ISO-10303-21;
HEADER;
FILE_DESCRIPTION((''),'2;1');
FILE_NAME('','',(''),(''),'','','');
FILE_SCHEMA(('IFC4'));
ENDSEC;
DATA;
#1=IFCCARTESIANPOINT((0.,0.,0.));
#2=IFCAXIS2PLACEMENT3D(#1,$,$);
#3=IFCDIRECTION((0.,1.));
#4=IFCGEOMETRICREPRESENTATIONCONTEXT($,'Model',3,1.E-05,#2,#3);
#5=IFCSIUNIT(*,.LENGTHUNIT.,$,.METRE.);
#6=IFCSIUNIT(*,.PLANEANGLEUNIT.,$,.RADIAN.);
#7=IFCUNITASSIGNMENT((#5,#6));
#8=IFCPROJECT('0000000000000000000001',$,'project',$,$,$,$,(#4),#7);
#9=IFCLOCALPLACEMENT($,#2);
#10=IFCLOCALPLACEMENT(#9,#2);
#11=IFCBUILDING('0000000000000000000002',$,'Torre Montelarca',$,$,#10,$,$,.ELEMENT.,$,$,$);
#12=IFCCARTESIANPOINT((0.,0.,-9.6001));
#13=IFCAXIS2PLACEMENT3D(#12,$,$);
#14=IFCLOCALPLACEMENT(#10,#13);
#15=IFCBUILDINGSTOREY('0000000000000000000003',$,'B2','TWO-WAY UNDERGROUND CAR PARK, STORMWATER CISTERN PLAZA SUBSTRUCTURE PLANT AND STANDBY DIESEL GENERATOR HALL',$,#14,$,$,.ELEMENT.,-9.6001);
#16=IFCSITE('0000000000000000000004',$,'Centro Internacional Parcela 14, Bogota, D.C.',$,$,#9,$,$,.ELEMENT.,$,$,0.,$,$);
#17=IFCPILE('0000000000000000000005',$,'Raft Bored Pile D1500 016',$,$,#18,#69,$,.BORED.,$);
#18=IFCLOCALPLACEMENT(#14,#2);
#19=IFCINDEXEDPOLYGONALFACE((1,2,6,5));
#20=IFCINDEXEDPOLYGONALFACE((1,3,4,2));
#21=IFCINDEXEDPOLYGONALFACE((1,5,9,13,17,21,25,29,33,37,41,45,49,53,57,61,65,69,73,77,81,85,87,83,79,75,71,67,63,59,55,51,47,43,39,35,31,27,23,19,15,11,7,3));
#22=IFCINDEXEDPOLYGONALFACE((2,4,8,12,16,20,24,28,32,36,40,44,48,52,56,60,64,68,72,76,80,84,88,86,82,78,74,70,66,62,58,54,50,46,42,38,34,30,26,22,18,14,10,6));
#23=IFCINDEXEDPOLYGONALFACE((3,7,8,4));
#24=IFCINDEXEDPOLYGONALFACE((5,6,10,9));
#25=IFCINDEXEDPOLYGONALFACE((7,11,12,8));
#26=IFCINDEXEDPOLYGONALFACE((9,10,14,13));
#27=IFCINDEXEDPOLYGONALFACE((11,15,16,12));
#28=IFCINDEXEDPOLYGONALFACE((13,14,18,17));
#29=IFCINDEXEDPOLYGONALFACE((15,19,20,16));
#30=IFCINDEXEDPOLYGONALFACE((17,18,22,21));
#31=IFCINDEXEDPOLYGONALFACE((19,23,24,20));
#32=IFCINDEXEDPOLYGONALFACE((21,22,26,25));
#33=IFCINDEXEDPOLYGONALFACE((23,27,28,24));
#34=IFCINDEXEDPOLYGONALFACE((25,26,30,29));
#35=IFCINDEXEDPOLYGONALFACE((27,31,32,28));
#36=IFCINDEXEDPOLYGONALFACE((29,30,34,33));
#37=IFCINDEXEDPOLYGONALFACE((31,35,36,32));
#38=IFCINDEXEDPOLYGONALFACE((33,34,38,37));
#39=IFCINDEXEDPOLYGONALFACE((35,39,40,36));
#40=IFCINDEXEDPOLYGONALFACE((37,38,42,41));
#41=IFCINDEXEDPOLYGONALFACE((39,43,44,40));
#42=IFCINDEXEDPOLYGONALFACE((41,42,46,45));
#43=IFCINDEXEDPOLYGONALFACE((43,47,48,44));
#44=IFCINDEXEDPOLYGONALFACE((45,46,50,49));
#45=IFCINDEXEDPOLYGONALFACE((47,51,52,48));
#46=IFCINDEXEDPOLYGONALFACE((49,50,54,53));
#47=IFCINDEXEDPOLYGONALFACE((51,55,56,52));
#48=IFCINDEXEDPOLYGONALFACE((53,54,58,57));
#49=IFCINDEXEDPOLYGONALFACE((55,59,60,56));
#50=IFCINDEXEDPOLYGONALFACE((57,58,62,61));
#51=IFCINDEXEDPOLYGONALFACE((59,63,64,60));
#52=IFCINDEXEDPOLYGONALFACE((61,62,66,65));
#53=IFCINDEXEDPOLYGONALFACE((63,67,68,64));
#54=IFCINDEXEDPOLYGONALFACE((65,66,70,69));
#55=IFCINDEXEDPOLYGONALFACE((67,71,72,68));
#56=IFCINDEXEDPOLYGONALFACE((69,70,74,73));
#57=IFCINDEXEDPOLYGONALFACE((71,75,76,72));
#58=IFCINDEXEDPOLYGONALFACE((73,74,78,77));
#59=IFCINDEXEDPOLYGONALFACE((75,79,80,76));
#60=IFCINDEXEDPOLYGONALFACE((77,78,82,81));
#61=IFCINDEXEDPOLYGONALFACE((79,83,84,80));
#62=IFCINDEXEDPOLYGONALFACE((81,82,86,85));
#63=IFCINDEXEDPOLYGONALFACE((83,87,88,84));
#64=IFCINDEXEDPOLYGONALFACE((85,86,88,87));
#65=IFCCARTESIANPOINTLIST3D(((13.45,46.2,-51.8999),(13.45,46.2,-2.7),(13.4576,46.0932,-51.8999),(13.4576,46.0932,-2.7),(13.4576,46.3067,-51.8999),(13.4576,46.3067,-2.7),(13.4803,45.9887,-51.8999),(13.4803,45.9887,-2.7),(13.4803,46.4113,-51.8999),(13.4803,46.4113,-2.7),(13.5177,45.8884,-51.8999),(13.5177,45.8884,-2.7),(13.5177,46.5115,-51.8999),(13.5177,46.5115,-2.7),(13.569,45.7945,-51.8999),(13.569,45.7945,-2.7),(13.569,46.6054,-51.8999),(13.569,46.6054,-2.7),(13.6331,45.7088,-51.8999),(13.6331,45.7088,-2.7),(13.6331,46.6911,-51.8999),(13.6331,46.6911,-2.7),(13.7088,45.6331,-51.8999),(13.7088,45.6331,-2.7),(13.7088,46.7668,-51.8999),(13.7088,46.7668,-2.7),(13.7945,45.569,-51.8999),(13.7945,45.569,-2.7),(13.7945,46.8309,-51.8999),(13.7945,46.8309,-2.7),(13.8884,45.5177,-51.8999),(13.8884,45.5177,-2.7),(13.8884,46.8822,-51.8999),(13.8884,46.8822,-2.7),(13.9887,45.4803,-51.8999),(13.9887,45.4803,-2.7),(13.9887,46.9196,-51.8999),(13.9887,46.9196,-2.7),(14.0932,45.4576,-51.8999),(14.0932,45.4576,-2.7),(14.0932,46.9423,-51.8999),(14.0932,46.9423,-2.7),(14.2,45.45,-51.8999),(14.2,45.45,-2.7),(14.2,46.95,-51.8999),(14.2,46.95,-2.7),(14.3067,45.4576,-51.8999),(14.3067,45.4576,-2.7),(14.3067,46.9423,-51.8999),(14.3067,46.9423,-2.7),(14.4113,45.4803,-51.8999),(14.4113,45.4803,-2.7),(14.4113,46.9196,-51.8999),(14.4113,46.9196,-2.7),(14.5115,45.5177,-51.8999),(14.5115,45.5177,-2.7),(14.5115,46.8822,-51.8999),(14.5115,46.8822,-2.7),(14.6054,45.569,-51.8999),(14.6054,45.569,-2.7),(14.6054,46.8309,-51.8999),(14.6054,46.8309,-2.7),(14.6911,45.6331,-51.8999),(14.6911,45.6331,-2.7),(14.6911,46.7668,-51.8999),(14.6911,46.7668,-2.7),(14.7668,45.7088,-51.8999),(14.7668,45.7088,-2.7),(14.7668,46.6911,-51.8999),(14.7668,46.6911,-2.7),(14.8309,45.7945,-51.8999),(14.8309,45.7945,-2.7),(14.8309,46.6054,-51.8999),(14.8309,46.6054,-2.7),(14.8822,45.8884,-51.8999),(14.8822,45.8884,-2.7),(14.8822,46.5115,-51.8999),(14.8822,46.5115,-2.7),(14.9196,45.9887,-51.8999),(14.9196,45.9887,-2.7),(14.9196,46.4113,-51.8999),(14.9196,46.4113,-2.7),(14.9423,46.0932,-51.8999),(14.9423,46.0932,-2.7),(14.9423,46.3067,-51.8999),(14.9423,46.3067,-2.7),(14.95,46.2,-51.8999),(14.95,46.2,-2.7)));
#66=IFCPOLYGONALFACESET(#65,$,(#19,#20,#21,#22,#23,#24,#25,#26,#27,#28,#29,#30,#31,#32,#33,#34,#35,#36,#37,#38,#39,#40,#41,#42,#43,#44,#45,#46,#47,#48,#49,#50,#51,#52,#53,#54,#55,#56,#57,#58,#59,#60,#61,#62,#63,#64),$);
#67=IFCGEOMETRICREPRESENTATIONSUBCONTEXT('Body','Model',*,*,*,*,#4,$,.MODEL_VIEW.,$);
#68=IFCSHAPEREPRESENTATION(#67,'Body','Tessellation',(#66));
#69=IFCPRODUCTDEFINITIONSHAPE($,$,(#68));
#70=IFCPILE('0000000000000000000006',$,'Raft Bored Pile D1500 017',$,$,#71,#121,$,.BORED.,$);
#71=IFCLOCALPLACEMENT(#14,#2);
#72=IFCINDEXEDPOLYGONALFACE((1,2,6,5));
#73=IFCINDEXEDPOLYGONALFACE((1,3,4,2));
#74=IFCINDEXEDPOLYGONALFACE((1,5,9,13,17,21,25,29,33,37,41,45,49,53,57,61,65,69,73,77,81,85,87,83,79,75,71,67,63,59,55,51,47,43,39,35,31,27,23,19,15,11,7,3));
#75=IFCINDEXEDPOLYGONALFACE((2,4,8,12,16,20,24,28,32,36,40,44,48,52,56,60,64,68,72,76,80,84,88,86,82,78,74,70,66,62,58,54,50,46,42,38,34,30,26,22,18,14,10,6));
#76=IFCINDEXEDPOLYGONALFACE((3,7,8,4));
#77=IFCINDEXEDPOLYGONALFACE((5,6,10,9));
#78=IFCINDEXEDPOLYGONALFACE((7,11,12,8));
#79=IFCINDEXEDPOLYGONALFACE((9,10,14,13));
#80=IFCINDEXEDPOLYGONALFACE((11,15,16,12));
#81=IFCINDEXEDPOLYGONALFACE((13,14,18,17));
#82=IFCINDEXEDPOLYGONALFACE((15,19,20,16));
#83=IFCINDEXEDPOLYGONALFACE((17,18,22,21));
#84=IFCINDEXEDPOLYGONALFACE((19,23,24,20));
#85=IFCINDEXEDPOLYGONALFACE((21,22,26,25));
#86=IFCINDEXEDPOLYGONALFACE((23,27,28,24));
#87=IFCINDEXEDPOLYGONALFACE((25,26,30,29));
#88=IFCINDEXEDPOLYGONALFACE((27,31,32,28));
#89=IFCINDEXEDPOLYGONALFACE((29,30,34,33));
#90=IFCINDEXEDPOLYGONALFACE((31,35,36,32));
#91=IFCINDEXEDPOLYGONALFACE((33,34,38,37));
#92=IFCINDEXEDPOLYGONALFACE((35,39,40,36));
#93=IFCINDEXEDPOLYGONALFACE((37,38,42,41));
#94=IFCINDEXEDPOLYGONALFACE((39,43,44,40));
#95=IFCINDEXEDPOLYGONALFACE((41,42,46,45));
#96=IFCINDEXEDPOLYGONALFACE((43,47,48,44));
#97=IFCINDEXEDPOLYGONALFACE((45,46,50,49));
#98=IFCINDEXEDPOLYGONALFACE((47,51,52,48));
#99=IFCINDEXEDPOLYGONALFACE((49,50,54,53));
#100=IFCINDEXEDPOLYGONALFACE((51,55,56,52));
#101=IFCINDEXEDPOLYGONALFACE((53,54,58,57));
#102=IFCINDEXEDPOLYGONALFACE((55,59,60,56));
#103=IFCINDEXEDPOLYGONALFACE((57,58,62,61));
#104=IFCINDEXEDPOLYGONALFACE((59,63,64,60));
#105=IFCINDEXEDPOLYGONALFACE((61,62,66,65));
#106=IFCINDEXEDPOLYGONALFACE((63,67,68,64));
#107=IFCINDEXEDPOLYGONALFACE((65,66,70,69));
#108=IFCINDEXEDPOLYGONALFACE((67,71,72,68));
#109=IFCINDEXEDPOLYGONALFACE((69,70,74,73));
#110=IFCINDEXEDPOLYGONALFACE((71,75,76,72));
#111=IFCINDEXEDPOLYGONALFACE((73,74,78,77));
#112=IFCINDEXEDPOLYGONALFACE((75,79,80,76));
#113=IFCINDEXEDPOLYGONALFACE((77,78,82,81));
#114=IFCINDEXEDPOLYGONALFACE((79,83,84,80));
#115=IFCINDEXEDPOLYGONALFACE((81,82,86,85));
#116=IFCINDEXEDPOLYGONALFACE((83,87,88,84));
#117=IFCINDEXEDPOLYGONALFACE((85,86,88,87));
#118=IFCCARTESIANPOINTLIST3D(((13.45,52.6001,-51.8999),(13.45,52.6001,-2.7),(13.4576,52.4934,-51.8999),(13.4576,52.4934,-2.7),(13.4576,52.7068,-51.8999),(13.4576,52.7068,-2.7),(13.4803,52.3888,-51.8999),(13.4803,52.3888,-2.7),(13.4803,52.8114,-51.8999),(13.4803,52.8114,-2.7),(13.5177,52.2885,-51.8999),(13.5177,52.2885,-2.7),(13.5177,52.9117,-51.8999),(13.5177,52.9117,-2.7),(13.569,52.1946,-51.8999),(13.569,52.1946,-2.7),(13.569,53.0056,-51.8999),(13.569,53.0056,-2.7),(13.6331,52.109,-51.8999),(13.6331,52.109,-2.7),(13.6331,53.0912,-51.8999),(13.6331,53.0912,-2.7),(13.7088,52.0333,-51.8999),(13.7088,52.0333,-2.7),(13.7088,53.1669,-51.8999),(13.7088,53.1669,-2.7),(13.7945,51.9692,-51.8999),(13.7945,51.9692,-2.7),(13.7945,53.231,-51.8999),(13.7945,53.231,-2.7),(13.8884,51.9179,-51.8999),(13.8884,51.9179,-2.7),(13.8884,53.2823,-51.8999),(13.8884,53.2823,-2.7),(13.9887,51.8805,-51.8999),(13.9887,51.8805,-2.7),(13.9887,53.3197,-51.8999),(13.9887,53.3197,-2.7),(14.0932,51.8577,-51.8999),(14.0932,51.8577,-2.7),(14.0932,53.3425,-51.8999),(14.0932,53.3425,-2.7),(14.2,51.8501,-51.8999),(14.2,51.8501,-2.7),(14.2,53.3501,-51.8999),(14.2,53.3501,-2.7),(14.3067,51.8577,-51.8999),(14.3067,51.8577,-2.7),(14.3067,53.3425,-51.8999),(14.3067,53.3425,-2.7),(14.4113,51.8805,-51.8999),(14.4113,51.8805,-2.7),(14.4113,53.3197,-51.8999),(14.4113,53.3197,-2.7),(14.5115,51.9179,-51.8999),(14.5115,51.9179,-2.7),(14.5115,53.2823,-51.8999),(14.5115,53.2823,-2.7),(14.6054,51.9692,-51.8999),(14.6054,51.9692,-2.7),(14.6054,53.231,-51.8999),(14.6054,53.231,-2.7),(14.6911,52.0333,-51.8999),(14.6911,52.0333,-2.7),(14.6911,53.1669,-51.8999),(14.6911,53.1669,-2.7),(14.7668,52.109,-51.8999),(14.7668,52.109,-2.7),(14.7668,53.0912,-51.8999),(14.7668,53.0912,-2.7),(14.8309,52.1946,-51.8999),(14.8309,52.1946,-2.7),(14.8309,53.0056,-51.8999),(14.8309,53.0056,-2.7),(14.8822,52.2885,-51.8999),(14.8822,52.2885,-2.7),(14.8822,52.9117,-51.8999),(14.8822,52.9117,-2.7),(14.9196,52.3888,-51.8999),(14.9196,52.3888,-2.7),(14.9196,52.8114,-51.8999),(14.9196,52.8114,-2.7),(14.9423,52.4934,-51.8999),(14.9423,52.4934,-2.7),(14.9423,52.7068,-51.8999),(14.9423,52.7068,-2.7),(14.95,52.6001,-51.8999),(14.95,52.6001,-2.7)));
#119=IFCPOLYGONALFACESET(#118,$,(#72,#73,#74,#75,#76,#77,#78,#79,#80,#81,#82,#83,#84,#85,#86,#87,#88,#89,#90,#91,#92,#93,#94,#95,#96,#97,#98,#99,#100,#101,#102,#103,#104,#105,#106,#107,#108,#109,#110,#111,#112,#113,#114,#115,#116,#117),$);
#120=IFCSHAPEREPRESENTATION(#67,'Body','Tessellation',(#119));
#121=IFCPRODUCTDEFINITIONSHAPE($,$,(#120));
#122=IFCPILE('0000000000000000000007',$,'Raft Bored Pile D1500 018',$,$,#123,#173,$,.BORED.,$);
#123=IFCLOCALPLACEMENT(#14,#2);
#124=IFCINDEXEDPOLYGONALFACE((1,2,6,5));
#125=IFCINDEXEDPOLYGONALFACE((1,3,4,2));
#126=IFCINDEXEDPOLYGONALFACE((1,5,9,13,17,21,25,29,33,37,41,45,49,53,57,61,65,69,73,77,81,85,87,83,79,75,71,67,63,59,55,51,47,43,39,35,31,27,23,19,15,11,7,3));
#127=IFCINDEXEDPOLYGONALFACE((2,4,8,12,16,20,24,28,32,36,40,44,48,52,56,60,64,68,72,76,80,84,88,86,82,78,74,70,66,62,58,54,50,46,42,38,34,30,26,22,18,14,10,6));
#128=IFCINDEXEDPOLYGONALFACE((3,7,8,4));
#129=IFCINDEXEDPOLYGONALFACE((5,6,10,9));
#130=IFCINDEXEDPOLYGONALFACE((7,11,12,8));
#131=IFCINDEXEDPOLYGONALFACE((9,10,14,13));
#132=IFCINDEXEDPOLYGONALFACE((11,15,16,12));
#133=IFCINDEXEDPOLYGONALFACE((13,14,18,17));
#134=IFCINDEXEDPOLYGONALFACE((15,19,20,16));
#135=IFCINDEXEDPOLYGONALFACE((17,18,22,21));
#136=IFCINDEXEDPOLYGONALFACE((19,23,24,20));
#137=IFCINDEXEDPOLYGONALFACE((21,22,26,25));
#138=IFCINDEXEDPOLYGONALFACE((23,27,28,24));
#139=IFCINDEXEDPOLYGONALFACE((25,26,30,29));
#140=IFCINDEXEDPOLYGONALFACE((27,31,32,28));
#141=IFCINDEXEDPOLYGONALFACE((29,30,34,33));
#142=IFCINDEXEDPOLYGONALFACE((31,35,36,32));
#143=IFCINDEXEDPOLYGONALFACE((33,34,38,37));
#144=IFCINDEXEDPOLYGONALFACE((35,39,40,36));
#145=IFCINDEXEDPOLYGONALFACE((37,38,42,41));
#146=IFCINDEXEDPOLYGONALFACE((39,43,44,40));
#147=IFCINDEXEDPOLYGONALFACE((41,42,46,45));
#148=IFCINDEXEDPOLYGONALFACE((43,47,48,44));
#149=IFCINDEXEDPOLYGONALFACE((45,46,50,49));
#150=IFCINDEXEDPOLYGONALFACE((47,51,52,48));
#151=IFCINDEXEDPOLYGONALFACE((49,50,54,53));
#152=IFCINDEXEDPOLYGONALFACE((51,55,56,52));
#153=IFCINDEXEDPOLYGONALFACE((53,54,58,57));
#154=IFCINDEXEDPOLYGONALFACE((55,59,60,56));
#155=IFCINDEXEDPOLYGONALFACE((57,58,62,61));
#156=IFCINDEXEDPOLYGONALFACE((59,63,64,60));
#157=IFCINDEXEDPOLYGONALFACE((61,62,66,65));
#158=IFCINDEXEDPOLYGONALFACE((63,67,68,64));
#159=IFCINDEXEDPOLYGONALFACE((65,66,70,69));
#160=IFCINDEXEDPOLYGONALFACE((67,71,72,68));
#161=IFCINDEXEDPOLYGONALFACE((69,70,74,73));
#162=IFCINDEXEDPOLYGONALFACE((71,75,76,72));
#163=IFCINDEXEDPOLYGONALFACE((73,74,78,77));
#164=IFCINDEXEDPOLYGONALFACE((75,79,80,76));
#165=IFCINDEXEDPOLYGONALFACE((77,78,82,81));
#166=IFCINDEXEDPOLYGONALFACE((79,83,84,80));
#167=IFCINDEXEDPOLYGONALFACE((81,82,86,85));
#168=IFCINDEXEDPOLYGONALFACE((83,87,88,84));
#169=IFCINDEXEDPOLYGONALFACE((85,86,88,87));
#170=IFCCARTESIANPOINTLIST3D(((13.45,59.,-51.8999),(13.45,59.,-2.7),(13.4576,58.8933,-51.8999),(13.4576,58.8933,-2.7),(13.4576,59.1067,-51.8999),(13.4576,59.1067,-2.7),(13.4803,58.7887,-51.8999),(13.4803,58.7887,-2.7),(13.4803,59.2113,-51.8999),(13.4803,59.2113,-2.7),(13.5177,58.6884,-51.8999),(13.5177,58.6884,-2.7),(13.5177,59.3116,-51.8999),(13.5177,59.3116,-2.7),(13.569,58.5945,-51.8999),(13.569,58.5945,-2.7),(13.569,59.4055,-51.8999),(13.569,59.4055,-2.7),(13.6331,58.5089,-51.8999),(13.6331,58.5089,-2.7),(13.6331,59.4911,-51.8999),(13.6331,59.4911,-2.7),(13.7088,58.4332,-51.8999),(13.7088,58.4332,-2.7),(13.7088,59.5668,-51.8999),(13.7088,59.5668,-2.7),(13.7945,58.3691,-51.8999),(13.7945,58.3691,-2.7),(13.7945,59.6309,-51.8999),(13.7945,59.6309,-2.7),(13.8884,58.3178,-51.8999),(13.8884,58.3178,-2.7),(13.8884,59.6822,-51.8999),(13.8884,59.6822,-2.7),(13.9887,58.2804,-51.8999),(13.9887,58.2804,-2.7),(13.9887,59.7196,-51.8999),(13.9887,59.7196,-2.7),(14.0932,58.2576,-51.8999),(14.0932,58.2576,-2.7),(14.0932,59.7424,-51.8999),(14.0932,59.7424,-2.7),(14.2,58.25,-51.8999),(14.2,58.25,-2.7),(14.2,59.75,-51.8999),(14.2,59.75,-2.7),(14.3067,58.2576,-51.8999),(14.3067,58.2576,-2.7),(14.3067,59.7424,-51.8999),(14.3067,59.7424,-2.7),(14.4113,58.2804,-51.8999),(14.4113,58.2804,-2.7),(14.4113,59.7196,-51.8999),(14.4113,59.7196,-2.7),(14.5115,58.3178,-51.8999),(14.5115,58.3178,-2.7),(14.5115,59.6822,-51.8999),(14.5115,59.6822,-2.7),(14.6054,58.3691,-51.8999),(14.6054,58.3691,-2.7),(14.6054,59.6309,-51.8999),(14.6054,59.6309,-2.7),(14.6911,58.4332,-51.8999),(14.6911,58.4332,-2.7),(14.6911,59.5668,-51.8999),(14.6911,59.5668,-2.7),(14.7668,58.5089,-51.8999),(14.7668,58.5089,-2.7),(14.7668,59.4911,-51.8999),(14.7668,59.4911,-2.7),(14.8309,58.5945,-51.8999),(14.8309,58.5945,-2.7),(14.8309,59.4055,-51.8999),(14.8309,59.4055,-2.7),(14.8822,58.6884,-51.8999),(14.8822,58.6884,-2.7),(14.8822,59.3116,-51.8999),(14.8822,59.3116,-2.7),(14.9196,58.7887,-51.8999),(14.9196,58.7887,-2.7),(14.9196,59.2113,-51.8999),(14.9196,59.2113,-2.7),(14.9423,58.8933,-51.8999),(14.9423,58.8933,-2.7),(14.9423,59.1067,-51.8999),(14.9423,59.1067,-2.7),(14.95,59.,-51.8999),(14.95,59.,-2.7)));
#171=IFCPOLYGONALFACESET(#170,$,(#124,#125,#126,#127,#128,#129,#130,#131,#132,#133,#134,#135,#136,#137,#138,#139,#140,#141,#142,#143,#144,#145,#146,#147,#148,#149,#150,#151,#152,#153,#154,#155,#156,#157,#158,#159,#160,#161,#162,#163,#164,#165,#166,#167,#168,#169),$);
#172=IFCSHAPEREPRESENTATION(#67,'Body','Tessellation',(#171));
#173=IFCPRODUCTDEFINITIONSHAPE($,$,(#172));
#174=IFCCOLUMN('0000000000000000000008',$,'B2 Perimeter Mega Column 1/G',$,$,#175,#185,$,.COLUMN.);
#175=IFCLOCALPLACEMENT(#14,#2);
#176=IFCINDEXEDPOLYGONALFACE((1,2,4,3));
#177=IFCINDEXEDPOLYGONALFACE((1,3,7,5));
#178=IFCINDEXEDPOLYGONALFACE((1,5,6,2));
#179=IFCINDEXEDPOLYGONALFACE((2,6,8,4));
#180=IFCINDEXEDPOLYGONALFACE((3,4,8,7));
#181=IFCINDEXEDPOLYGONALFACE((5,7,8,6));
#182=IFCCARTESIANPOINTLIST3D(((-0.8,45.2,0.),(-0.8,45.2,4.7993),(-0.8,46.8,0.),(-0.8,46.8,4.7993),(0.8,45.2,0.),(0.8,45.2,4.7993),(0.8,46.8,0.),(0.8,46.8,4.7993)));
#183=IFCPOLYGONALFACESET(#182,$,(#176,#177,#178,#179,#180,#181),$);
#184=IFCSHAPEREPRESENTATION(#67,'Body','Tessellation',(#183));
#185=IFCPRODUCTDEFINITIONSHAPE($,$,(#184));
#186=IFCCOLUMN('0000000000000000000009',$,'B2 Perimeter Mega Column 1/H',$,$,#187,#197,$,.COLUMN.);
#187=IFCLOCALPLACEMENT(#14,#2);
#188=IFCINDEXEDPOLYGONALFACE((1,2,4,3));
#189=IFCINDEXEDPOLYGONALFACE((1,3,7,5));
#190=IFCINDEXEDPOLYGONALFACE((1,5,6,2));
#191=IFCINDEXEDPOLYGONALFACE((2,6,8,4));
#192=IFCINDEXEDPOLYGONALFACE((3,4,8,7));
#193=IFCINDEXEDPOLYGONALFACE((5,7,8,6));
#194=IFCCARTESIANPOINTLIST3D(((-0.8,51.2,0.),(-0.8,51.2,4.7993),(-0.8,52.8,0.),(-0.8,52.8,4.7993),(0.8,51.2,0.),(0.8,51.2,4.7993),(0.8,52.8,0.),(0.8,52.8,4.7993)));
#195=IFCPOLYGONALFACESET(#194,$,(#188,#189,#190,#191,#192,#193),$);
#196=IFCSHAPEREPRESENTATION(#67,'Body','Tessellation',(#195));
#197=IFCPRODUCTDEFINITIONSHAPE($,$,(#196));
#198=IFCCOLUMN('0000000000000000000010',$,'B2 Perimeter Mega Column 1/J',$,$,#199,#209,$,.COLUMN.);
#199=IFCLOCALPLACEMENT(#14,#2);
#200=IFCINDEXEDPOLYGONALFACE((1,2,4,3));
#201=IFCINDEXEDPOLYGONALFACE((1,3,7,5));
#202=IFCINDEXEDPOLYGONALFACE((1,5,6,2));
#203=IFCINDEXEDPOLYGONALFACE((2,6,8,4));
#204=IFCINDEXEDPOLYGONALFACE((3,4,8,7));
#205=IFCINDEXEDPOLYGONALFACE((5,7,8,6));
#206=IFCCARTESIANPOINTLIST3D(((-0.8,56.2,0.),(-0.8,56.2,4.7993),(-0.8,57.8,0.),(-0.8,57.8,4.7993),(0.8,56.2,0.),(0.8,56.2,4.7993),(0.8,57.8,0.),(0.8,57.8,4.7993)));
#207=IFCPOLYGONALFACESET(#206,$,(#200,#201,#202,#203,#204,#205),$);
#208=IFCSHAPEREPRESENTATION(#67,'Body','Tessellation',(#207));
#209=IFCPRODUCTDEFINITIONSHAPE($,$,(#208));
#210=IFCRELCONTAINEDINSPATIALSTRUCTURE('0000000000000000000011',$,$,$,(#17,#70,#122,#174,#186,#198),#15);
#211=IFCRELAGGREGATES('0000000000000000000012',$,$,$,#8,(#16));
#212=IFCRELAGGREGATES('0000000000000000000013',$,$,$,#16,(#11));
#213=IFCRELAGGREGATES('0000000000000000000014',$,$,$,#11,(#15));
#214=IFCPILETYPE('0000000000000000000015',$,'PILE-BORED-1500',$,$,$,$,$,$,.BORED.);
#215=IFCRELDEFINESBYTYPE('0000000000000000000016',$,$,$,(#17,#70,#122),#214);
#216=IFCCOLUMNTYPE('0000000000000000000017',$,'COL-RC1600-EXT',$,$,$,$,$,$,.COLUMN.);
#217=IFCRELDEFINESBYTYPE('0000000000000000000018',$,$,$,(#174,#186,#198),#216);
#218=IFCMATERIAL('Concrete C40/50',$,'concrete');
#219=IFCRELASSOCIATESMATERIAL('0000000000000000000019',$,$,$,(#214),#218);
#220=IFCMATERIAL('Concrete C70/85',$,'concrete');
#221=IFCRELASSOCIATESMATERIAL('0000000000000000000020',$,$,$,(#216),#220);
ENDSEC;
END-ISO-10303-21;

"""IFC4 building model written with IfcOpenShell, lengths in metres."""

from ifc_helpers import new_model, si_unit, direction, frame, origin, origin_2d, place, context, subcontext, project, spatial, rectangle, circle, extrude, source, transform, mapped, material, material_profile, profile_set, type_object, element, save


model = new_model("IFC4")

# Units and contexts
model_context = context("Model", 3, precision=1e-05, world=origin(), true_north=direction((0.0, 1.0)))
body_context = subcontext(model_context, "Body", "Model", "MODEL_VIEW")
ifc_project = project(units=[si_unit("LENGTHUNIT", "METRE"), si_unit("PLANEANGLEUNIT", "RADIAN")], contexts=[model_context])

# Site, building, storey
site_placement = place(None, origin())
site = spatial("IfcSite", under=ifc_project, at=site_placement, Name="Centro Internacional Parcela 14, Bogota, D.C.", CompositionType="ELEMENT", RefElevation=0.0)
building_placement = place(site_placement, origin())
building = spatial("IfcBuilding", under=site, at=building_placement, Name="Torre Montelarca", CompositionType="ELEMENT")
storey_placement = place(building_placement, frame((0.0, 0.0, -9.6001)))
storey = spatial("IfcBuildingStorey", under=building, at=storey_placement, Name="B2", Description="TWO-WAY UNDERGROUND CAR PARK, STORMWATER CISTERN PLAZA SUBSTRUCTURE PLANT AND STANDBY DIESEL GENERATOR HALL", CompositionType="ELEMENT", Elevation=-9.6001)

# Piles
ifc_material_1 = material(Name="Concrete C40/50", Category="concrete")
ifc_material_profile_1 = material_profile(ifc_material_1, circle(Radius=0.75, at=origin_2d()), Name="PILE-D1500", Category="concrete")
ifc_profile_set_1 = profile_set([ifc_material_profile_1], Name="Concrete C40/50")
pile_type = type_object("IfcPileType", Name="PILE-BORED-1500", PredefinedType="BORED", material=ifc_profile_set_1)
shared_shape_1 = source(origin(), body_context, "Body", "SweptSolid", [
    extrude(circle(Radius=0.75, at=origin_2d()), origin(), (0.0, 0.0, 1.0), 49.2),
])
for number, where, z_axis, x_axis, name in (
    (1, (14.2, 46.2, -2.7), (0.0, 0.0, -1.0), (1.0, 0.0, 0.0), "Raft Bored Pile D1500 016"),
    (2, (14.2, 52.6001, -2.7), (0.0, 0.0, -1.0), (1.0, 0.0, 0.0), "Raft Bored Pile D1500 017"),
    (3, (14.2, 59.0, -2.7), (0.0, 0.0, -1.0), (1.0, 0.0, 0.0), "Raft Bored Pile D1500 018"),
):
    element("IfcPile", number, at=place(storey_placement, frame(where, z_axis=z_axis, x_axis=x_axis)), inside=storey, type_object=pile_type, Name=name, PredefinedType="BORED", context=body_context, shape_type="MappedRepresentation", body=[
        mapped(shared_shape_1, transform((0.0, 0.0, 0.0), scale=1.0)),
    ])

# Columns
ifc_material_2 = material(Name="Concrete C70/85", Category="concrete")
ifc_material_profile_2 = material_profile(ifc_material_2, rectangle(XDim=1.6001, YDim=1.6001, at=origin_2d()), Name="RC1600X1600", Category="concrete")
ifc_profile_set_2 = profile_set([ifc_material_profile_2], Name="Concrete C70/85")
column_type_1 = type_object("IfcColumnType", Name="COL-RC1600-EXT", PredefinedType="COLUMN", material=ifc_profile_set_2)
shared_shape_2 = source(origin(), body_context, "Body", "SweptSolid", [
    extrude(rectangle(XDim=1.6001, YDim=1.6001, at=origin_2d()), origin(), (0.0, 0.0, 1.0), 4.7993),
])
for number, where, z_axis, x_axis, name in (
    (4, (0.0, 46.0, 0.0), (0.0, 0.0, 1.0), (1.0, 0.0, 0.0), "B2 Perimeter Mega Column 1/G"),
    (5, (0.0, 52.0, 0.0), (0.0, 0.0, 1.0), (1.0, 0.0, 0.0), "B2 Perimeter Mega Column 1/H"),
    (6, (0.0, 57.0, 0.0), (0.0, 0.0, 1.0), (1.0, 0.0, 0.0), "B2 Perimeter Mega Column 1/J"),
):
    element("IfcColumn", number, at=place(storey_placement, frame(where, z_axis=z_axis, x_axis=x_axis)), inside=storey, type_object=column_type_1, Name=name, PredefinedType="COLUMN", context=body_context, shape_type="MappedRepresentation", body=[
        mapped(shared_shape_2, transform((0.0, 0.0, 0.0), scale=1.0)),
    ])

save(model, "model.ifc")
